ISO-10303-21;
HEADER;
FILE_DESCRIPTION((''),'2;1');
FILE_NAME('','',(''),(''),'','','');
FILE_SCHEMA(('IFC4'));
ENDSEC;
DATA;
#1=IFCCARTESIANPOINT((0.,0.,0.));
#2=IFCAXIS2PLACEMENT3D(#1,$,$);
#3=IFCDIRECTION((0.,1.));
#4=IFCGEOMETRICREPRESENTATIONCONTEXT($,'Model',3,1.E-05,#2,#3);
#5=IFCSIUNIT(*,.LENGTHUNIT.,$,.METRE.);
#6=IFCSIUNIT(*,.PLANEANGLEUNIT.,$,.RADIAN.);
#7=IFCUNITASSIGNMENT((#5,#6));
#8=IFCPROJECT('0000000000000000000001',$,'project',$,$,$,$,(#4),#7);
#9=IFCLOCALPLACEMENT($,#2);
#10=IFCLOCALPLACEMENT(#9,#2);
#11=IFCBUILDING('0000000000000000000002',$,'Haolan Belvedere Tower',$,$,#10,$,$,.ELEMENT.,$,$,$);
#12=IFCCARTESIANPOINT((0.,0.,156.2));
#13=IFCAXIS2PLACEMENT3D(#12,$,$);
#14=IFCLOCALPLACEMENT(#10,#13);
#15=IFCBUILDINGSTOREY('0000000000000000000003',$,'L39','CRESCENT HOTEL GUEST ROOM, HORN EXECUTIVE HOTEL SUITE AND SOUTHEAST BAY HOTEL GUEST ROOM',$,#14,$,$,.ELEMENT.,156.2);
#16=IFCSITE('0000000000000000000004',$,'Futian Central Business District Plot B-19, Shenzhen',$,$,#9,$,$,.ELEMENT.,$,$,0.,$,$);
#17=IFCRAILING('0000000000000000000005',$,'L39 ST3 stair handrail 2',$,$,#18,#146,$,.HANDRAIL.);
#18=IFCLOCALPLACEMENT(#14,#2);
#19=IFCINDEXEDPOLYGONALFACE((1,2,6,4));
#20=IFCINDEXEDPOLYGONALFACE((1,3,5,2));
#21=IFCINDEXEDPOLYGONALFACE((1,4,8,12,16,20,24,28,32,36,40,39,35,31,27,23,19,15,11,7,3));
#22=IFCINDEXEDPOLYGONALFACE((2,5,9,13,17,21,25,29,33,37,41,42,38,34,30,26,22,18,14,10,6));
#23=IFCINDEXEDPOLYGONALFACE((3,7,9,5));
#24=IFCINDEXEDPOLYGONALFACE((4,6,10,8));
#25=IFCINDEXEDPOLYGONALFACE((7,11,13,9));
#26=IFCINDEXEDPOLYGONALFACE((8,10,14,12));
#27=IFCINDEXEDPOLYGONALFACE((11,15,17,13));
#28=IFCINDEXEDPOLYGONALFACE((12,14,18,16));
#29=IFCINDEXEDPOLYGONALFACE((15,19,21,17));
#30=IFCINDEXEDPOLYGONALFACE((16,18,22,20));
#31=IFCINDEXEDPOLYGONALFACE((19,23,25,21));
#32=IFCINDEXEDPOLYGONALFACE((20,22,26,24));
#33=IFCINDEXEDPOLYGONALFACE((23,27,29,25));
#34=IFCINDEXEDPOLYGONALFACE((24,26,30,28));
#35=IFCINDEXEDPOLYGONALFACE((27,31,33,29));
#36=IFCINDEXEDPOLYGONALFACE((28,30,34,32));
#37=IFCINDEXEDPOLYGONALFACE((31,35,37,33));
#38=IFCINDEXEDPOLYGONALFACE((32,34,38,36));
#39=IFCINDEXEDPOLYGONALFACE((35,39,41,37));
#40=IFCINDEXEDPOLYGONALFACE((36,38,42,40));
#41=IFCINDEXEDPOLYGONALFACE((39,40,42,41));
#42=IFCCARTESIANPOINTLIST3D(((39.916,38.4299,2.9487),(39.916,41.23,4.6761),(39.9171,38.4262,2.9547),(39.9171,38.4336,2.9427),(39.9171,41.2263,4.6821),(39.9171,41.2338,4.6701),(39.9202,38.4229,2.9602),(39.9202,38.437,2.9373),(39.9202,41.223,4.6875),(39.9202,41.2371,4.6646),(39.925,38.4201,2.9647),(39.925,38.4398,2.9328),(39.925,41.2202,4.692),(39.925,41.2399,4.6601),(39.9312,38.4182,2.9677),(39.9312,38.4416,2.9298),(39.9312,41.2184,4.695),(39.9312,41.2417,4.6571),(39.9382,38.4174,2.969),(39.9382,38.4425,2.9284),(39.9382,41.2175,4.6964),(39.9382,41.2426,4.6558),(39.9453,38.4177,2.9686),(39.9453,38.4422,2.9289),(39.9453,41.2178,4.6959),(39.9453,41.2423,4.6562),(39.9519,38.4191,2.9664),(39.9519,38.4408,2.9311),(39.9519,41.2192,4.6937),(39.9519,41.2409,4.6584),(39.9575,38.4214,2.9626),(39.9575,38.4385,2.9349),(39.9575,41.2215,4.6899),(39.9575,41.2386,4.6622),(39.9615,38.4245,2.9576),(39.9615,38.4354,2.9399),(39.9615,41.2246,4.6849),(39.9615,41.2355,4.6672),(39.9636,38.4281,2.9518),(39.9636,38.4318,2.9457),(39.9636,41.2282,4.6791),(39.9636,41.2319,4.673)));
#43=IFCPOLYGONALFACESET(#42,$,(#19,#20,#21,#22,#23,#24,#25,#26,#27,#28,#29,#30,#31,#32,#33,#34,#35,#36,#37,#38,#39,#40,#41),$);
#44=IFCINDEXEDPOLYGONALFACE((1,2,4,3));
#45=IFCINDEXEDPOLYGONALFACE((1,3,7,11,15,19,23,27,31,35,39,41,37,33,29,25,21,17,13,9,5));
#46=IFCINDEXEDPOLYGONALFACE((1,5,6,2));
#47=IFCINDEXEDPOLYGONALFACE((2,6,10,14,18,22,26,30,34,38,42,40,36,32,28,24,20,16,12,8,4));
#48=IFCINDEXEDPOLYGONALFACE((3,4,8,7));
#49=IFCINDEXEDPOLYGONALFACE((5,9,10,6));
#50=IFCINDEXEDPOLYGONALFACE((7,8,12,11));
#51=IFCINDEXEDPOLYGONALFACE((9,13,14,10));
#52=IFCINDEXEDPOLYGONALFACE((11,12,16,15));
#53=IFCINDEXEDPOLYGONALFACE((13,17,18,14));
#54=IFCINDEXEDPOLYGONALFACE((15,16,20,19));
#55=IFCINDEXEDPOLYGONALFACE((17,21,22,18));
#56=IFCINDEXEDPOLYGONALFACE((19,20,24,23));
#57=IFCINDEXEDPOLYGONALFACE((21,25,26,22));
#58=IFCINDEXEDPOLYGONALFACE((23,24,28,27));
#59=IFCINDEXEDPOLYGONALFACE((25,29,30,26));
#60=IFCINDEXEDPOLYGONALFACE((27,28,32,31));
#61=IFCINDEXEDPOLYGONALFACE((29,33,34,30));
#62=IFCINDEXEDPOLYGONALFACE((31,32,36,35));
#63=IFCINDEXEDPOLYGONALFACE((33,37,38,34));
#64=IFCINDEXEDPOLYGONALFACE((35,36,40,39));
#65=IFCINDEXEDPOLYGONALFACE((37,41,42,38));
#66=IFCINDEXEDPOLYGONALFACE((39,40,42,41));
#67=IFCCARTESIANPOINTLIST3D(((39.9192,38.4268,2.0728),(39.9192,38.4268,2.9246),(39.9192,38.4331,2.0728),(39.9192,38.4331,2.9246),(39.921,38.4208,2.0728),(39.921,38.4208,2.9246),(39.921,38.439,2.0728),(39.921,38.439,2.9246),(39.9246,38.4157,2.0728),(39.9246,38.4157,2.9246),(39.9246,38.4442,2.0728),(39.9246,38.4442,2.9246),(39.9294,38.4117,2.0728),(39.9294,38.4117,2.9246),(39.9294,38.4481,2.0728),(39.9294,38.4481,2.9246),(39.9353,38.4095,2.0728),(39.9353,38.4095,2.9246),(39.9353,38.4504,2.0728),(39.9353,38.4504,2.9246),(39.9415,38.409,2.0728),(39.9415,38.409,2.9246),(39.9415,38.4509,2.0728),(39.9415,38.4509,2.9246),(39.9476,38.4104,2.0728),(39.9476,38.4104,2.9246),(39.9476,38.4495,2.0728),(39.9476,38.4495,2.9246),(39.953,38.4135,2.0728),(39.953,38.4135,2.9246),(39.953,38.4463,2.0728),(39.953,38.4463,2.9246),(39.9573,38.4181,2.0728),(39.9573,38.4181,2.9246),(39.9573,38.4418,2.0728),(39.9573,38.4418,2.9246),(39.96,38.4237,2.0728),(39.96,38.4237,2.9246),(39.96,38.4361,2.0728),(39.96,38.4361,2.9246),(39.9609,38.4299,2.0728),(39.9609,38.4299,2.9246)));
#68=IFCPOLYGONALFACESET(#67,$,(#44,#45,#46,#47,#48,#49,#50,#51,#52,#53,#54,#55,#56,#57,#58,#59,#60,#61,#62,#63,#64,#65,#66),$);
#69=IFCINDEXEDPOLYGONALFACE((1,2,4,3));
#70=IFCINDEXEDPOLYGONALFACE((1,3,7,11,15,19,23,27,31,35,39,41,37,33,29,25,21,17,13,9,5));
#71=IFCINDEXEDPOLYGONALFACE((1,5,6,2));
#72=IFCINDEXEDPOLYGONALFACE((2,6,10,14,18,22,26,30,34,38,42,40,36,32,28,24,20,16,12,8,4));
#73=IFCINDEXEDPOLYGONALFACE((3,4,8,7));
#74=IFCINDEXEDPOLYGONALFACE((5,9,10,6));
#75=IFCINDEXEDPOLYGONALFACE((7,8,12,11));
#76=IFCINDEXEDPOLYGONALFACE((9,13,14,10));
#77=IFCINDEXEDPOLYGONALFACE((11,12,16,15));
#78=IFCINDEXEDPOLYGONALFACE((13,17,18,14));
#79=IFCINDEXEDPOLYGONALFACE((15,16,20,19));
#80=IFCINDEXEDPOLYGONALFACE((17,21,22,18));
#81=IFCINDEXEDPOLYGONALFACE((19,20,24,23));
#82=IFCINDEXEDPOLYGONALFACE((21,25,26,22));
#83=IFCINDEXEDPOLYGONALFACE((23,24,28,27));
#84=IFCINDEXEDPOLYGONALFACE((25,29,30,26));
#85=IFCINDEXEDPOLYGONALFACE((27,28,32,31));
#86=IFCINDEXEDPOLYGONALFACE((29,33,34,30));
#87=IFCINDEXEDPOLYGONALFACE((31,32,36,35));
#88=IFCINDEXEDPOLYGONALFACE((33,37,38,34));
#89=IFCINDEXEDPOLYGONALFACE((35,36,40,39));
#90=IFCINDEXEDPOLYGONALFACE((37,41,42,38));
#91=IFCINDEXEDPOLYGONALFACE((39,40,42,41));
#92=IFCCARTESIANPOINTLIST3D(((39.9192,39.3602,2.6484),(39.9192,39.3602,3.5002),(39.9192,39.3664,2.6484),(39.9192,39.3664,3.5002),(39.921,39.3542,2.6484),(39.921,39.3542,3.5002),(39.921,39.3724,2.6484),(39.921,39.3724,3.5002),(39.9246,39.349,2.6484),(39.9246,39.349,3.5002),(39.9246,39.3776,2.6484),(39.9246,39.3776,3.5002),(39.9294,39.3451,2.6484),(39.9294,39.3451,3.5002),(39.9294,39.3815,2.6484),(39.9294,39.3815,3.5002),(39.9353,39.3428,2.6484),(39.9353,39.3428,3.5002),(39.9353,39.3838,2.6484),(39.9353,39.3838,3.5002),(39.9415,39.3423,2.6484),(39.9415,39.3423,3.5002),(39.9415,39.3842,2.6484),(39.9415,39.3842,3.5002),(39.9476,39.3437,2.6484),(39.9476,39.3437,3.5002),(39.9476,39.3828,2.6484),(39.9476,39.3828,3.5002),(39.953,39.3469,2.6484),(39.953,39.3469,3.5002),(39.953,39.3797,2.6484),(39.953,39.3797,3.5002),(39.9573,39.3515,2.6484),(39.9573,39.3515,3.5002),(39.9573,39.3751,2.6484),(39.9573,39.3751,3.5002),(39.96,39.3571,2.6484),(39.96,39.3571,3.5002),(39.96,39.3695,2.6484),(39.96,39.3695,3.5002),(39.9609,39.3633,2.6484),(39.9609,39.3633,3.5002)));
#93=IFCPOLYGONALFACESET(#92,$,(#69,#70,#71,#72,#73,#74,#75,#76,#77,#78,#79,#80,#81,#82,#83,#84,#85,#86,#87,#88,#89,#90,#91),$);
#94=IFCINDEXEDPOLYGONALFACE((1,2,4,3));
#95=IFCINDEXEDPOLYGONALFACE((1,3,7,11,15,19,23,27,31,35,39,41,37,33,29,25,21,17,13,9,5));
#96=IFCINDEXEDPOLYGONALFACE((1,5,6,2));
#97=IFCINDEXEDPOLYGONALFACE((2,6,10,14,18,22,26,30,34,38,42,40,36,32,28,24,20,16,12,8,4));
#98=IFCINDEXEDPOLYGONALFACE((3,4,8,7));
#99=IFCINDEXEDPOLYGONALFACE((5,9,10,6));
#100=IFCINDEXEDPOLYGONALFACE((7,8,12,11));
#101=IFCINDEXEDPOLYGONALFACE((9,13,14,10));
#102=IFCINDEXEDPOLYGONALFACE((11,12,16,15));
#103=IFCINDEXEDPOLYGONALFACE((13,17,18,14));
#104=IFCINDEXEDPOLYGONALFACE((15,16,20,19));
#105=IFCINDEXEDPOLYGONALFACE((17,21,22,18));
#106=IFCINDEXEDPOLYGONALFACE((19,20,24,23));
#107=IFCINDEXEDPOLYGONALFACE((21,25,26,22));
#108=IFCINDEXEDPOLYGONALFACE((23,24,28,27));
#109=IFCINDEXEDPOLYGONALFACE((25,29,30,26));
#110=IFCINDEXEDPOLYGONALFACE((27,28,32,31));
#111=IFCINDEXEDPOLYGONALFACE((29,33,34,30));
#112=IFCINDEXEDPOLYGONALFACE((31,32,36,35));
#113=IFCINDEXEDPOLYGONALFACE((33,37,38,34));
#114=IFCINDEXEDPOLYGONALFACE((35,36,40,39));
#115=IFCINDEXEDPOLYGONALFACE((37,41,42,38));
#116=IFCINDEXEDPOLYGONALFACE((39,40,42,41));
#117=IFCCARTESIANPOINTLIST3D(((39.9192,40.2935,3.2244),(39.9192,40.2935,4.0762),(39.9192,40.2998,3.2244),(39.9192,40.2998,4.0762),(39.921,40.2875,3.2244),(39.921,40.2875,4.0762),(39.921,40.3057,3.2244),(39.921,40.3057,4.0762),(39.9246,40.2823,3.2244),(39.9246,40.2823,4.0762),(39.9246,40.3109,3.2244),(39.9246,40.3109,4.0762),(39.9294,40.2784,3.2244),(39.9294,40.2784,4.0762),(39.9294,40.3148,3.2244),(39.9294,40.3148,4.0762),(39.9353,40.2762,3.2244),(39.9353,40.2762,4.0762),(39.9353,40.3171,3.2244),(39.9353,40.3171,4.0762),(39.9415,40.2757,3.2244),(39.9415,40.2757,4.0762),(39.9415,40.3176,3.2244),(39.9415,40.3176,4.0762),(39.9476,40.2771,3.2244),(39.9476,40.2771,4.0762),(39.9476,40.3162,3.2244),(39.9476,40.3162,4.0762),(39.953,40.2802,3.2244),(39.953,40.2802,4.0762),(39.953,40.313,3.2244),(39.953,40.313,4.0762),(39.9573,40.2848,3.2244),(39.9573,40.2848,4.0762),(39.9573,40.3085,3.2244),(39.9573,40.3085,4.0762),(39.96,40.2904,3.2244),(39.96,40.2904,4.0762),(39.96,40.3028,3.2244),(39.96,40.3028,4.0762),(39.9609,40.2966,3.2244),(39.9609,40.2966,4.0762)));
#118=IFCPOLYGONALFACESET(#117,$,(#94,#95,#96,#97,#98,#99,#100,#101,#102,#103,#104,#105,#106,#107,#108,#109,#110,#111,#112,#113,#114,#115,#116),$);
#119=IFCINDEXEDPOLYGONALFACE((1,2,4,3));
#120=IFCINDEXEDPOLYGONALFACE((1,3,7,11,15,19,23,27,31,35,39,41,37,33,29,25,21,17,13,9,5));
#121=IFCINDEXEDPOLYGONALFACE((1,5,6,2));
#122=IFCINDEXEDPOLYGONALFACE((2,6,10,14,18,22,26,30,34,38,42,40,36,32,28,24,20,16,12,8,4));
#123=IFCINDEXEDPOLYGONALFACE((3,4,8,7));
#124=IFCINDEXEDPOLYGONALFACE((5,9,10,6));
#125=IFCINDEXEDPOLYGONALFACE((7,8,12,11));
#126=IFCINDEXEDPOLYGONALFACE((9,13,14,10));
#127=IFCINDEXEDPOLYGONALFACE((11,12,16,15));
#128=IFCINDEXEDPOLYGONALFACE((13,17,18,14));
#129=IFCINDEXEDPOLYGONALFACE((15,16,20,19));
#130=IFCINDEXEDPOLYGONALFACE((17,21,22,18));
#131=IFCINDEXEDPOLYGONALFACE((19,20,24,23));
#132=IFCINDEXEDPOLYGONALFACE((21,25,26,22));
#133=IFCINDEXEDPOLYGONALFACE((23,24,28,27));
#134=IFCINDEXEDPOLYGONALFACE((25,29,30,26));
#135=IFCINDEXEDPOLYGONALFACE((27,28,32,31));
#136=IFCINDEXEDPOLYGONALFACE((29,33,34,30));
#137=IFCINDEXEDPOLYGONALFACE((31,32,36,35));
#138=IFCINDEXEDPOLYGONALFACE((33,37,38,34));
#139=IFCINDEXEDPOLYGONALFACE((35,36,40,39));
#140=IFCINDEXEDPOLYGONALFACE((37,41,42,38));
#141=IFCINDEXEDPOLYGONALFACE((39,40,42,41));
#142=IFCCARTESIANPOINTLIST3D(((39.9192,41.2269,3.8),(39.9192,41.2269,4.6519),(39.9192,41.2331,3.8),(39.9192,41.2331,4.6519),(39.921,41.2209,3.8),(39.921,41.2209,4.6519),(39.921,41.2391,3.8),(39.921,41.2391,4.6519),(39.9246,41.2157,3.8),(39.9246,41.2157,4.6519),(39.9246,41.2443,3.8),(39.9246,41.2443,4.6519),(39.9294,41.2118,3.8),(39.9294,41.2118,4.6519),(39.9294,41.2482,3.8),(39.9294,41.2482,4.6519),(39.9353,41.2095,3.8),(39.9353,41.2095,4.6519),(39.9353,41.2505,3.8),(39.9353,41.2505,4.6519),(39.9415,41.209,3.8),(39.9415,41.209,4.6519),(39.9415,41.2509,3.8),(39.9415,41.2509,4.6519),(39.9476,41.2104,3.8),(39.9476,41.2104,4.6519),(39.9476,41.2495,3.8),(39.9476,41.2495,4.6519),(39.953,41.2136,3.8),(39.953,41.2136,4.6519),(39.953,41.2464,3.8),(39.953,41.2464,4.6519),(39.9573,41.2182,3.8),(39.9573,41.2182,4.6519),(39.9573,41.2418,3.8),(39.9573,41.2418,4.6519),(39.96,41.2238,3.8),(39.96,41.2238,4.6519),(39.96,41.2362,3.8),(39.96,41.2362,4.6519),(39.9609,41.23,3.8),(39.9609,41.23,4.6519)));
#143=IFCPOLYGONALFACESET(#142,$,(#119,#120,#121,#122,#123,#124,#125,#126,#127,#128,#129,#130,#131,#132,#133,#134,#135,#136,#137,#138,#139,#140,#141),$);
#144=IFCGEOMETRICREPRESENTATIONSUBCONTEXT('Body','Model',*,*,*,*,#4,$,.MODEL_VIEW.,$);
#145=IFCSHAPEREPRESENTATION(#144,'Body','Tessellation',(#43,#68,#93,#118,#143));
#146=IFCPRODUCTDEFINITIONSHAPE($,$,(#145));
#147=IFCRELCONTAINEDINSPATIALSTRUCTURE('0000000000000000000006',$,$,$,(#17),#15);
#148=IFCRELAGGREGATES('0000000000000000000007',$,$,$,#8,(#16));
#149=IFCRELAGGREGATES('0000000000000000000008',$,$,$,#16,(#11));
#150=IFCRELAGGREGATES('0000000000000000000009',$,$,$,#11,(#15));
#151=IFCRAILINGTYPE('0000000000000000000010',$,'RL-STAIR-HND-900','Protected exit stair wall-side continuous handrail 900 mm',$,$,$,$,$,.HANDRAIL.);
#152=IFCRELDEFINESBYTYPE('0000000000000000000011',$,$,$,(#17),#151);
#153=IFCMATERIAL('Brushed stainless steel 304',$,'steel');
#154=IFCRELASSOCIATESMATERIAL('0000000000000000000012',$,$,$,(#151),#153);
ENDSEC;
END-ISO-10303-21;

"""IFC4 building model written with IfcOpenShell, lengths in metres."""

from ifc_helpers import new_model, si_unit, direction, frame, origin, origin_2d, place, context, subcontext, project, spatial, circle, extrude, material, type_object, element, save


model = new_model("IFC4")

# Units and contexts
model_context = context("Model", 3, precision=1e-05, world=origin(), true_north=direction((0.0, 1.0)))
body_context = subcontext(model_context, "Body", "Model", "MODEL_VIEW")
ifc_project = project(units=[si_unit("LENGTHUNIT", "METRE"), si_unit("PLANEANGLEUNIT", "RADIAN")], contexts=[model_context])

# Site, building, storey
site_placement = place(None, origin())
site = spatial("IfcSite", under=ifc_project, at=site_placement, Name="Futian Central Business District Plot B-19, Shenzhen", CompositionType="ELEMENT", RefElevation=0.0)
building_placement = place(site_placement, origin())
building = spatial("IfcBuilding", under=site, at=building_placement, Name="Haolan Belvedere Tower", CompositionType="ELEMENT")
storey_placement = place(building_placement, frame((0.0, 0.0, 156.2)))
storey = spatial("IfcBuildingStorey", under=building, at=storey_placement, Name="L39", Description="CRESCENT HOTEL GUEST ROOM, HORN EXECUTIVE HOTEL SUITE AND SOUTHEAST BAY HOTEL GUEST ROOM", CompositionType="ELEMENT", Elevation=156.2)

# Railing
ifc_material_1 = material(Name="Brushed stainless steel 304", Category="steel")
railing_type_1 = type_object("IfcRailingType", Name="RL-STAIR-HND-900", Description="Protected exit stair wall-side continuous handrail 900 mm", PredefinedType="HANDRAIL", material=ifc_material_1)
railing_1_placement = place(storey_placement, frame((39.9399, 38.4299, 2.0728)))
element("IfcRailing", 1, at=railing_1_placement, inside=storey, type_object=railing_type_1, Name="L39 ST3 stair handrail 2", PredefinedType="HANDRAIL", context=body_context, shape_type="SweptSolid", body=[
    extrude(circle(Radius=0.0239, at=origin_2d()), frame((0.0, 0.0, 0.876), z_axis=(0.0, 0.85109, 0.52502), x_axis=(-1.0, 0.0, 0.0)), (0.0, 0.0, 1.0), 3.29),
    extrude(circle(Radius=0.021, at=origin_2d()), origin(), (0.0, 0.0, 1.0), 0.8518),
    extrude(circle(Radius=0.021, at=origin_2d()), frame((0.0, 0.9333, 0.5757)), (0.0, 0.0, 1.0), 0.8518),
    extrude(circle(Radius=0.021, at=origin_2d()), frame((0.0, 1.8667, 1.1516)), (0.0, 0.0, 1.0), 0.8518),
    extrude(circle(Radius=0.021, at=origin_2d()), frame((0.0, 2.8, 1.7273)), (0.0, 0.0, 1.0), 0.8518),
])

save(model, "model.ifc")
